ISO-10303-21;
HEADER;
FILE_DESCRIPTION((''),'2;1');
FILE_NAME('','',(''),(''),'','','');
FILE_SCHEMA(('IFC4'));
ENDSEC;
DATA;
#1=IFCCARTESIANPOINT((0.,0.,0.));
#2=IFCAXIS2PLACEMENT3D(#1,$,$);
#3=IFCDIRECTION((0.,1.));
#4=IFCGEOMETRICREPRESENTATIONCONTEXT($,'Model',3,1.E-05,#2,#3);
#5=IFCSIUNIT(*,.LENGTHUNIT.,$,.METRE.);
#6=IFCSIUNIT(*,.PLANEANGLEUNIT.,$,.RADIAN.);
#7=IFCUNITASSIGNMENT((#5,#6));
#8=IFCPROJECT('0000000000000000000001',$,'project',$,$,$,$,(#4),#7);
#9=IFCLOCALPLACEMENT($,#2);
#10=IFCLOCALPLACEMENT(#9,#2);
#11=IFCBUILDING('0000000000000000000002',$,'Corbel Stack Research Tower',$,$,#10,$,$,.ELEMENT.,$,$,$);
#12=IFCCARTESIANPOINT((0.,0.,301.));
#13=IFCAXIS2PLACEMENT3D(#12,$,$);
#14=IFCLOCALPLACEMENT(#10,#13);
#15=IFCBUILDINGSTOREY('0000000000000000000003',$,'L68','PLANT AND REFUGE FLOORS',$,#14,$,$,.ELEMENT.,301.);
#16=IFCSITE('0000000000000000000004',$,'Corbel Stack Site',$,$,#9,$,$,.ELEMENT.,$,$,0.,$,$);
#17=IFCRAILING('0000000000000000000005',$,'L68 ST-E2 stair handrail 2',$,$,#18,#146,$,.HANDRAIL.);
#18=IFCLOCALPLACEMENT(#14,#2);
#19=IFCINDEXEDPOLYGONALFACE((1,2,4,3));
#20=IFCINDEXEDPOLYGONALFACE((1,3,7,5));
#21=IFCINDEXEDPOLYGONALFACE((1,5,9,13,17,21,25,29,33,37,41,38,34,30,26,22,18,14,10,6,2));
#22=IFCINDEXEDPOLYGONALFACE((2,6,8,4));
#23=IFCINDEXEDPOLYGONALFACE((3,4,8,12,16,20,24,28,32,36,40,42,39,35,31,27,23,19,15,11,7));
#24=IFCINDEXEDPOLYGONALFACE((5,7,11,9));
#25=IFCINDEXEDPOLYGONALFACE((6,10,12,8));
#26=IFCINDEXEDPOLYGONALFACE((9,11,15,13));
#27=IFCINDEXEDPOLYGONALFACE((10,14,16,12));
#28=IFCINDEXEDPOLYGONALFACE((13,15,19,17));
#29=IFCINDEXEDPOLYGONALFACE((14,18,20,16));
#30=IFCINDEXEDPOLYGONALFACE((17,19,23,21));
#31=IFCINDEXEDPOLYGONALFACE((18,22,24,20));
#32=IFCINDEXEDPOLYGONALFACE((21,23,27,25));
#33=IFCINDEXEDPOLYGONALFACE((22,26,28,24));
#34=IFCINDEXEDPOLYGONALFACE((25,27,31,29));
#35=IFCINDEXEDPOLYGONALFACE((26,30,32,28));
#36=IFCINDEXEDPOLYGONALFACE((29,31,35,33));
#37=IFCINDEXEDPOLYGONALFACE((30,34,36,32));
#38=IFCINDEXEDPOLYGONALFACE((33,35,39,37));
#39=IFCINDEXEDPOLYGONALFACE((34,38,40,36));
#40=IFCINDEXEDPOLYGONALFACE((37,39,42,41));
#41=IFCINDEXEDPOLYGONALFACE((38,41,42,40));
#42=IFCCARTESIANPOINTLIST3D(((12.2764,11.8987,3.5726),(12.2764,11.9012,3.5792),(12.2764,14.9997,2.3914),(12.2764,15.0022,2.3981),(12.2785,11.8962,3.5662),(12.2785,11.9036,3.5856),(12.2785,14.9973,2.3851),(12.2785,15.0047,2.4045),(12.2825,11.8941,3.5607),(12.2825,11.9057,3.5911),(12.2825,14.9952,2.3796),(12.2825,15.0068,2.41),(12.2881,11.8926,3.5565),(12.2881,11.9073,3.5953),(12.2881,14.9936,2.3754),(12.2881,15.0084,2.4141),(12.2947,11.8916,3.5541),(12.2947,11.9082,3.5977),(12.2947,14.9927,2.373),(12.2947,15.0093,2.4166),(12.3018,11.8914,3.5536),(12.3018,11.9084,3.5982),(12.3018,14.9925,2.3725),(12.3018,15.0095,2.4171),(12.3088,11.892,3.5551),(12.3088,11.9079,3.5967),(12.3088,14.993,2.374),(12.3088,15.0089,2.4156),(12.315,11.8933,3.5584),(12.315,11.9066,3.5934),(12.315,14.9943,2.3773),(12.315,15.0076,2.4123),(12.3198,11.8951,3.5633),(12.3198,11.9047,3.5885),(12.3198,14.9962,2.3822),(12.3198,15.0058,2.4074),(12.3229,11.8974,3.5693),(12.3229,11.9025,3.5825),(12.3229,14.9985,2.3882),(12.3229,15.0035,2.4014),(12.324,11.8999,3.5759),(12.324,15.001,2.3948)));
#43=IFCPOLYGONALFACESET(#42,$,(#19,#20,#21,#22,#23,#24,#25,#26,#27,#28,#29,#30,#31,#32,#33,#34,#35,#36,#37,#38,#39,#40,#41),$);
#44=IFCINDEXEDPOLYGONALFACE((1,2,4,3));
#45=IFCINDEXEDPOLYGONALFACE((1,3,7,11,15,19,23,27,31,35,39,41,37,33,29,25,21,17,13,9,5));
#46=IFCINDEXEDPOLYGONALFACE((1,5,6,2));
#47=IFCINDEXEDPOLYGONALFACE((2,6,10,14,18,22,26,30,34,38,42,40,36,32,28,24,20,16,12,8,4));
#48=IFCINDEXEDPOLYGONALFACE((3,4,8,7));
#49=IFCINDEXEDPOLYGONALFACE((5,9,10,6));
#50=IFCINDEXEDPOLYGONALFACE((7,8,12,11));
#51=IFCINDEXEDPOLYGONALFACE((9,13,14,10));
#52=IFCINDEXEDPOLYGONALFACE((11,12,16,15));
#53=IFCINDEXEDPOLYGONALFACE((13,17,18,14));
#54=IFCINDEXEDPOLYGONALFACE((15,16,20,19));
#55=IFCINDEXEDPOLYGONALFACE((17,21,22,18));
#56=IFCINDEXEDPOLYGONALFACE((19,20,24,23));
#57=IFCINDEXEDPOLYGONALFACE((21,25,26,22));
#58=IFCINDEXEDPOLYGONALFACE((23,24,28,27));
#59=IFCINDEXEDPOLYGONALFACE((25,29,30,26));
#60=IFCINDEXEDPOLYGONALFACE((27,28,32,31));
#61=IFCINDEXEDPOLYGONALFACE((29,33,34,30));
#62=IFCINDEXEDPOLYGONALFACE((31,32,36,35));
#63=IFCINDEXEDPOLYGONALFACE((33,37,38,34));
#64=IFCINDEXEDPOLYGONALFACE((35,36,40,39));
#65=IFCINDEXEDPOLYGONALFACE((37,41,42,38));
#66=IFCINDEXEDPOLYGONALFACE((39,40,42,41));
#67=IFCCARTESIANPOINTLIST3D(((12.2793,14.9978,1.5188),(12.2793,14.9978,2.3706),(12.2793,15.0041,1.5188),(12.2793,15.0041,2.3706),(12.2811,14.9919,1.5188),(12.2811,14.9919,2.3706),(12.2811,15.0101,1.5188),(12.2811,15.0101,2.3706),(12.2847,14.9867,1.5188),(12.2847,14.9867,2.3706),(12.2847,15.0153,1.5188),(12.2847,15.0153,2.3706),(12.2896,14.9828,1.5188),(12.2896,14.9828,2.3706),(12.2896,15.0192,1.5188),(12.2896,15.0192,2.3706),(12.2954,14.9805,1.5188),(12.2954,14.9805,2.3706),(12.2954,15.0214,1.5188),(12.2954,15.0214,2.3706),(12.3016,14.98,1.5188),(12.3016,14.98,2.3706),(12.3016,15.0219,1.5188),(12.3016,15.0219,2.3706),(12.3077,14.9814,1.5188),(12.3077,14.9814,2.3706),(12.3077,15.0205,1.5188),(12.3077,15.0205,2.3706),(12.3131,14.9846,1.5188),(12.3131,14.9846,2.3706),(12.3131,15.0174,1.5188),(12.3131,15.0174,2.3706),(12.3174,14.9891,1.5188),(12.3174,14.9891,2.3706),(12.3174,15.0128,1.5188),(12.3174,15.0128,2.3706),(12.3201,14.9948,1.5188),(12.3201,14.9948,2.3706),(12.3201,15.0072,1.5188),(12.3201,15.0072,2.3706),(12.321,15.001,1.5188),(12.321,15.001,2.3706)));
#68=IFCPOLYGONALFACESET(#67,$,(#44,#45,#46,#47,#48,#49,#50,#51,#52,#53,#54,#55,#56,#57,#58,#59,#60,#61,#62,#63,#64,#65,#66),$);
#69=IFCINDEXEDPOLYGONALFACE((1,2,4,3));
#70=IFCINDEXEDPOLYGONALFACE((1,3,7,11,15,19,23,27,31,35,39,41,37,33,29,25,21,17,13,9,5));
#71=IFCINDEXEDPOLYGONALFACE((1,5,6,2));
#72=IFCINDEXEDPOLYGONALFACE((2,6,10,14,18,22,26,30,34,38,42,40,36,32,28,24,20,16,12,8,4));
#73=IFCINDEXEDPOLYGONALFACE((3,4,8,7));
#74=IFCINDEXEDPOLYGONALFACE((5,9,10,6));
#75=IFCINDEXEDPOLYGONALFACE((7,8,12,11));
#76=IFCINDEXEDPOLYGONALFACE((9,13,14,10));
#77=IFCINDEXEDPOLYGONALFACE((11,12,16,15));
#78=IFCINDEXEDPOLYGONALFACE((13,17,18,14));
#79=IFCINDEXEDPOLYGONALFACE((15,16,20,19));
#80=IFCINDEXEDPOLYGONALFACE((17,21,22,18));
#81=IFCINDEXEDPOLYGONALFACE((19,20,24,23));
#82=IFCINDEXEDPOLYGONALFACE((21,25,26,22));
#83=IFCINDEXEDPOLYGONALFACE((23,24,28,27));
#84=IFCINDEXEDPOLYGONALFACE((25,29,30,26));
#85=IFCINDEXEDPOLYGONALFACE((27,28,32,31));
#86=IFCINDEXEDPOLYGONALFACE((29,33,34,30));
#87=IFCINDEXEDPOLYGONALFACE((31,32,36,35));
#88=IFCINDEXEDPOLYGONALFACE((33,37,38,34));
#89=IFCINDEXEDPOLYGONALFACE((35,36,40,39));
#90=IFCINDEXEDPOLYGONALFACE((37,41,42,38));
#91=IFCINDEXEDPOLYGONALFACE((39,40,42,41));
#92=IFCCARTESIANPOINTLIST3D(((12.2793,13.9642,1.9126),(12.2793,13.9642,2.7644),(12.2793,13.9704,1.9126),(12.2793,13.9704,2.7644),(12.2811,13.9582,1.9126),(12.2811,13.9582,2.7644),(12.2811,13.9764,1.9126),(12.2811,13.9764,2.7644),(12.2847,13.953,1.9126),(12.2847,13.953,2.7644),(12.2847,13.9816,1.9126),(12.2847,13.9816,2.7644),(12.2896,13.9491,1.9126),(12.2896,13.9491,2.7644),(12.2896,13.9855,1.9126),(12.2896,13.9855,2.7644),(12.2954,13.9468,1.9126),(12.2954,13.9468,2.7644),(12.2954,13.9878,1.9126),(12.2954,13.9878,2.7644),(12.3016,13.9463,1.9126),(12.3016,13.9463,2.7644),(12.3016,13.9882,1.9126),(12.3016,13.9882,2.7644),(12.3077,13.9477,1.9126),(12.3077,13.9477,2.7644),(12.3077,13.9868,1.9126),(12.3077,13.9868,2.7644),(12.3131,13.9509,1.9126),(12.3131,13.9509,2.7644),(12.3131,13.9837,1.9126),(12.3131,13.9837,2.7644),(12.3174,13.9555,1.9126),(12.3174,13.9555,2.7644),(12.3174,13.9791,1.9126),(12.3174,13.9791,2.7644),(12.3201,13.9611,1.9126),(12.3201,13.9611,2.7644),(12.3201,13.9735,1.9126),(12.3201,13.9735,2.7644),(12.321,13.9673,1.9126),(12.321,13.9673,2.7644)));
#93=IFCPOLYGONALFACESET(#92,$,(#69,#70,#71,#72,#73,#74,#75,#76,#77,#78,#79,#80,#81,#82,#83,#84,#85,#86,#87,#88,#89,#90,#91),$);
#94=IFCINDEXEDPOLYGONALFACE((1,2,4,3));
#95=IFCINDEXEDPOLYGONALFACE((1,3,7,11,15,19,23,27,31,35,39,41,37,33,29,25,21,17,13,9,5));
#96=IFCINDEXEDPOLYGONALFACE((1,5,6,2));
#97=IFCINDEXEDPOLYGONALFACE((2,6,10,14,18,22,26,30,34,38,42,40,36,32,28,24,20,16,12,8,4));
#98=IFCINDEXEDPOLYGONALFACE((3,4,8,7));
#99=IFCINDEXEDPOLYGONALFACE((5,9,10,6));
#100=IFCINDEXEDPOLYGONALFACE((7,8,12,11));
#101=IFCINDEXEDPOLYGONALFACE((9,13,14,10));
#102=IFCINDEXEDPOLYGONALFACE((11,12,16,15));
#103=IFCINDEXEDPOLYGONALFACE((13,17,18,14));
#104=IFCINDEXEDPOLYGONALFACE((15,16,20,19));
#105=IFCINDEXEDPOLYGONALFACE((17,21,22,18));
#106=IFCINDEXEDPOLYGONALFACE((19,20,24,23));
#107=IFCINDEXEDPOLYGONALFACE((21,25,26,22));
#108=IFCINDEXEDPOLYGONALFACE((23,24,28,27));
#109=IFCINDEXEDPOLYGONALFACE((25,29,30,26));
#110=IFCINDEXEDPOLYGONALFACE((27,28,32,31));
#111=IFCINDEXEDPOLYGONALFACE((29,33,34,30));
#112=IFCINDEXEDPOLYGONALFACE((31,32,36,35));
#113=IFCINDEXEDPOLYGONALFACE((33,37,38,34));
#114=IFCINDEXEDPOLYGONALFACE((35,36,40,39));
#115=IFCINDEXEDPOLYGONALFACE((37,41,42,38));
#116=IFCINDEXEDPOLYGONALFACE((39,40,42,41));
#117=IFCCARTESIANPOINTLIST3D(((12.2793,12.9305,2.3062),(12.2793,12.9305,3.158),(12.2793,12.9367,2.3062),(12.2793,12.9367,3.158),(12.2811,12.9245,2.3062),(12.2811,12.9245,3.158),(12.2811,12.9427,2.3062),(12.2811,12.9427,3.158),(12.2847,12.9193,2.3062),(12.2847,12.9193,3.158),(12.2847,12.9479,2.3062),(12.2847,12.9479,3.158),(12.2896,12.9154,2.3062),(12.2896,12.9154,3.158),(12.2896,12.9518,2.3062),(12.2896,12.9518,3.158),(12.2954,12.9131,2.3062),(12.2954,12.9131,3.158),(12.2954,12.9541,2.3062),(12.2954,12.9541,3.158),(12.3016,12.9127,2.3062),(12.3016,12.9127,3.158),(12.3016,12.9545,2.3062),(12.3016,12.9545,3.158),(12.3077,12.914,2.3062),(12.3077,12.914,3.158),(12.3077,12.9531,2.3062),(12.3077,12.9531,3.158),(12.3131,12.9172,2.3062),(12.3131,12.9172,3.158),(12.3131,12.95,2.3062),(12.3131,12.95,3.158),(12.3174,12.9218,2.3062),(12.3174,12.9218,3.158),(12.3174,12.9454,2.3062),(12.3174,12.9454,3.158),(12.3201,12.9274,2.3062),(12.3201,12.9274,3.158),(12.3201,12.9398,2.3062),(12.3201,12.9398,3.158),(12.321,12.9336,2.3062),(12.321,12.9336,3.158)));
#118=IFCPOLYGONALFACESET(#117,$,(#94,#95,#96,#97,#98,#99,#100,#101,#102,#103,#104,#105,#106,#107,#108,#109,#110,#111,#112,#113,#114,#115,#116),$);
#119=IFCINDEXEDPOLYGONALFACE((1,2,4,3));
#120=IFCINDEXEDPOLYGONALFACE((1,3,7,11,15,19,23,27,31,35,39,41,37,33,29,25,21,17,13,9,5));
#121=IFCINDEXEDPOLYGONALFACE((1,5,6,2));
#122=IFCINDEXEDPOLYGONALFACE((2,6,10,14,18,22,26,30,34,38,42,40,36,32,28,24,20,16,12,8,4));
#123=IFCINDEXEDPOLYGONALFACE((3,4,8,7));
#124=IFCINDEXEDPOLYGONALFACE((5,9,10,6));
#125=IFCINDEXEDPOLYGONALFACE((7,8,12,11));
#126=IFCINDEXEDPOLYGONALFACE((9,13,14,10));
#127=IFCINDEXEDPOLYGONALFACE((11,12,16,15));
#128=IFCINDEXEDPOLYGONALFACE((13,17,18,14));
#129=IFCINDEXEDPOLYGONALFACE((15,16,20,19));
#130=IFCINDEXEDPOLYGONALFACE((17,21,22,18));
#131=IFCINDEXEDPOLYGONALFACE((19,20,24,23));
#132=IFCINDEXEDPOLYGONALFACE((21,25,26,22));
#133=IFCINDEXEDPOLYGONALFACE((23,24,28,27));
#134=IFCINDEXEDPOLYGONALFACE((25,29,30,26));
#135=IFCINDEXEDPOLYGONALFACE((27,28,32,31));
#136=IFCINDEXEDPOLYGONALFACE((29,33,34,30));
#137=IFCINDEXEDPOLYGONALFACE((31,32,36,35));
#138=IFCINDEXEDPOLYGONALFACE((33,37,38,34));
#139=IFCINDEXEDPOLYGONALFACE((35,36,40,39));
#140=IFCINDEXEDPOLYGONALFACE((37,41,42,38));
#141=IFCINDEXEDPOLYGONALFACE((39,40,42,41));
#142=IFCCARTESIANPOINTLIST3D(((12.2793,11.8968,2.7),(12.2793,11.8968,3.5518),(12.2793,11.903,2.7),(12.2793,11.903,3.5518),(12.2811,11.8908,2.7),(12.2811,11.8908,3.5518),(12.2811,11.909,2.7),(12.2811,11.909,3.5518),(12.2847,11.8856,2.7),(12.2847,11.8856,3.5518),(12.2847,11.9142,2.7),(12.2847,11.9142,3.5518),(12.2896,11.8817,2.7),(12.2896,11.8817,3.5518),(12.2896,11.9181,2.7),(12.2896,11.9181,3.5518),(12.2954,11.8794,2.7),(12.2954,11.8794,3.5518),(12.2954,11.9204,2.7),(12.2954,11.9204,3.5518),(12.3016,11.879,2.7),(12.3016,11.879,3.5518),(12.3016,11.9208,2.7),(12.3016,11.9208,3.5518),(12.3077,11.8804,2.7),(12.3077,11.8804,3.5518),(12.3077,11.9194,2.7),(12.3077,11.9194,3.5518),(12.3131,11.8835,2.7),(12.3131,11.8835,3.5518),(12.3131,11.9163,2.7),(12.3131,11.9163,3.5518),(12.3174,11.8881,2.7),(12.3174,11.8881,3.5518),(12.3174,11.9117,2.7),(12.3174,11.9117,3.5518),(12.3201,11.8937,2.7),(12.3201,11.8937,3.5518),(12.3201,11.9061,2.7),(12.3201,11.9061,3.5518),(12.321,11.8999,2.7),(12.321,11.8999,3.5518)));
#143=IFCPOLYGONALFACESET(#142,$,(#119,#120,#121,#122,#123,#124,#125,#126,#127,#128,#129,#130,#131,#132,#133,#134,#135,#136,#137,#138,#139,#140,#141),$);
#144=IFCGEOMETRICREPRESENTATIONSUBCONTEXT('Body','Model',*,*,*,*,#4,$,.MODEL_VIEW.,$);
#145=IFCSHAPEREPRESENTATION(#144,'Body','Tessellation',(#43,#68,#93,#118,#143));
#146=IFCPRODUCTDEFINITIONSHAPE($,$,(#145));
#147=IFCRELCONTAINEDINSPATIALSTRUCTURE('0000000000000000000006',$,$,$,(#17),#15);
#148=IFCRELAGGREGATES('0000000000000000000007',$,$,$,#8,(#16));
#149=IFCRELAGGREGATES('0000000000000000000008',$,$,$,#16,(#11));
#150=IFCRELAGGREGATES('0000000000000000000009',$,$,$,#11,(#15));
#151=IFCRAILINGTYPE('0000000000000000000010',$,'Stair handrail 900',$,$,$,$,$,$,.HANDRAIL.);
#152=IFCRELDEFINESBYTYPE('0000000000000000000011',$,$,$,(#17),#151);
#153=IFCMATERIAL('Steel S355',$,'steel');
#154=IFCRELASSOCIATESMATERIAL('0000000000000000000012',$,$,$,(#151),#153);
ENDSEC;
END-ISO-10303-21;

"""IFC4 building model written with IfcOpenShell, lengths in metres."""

from ifc_helpers import new_model, si_unit, direction, frame, origin, origin_2d, place, context, subcontext, project, spatial, circle, extrude, material, type_object, element, save


model = new_model("IFC4")

# Units and contexts
model_context = context("Model", 3, precision=1e-05, world=origin(), true_north=direction((0.0, 1.0)))
body_context = subcontext(model_context, "Body", "Model", "MODEL_VIEW")
ifc_project = project(units=[si_unit("LENGTHUNIT", "METRE"), si_unit("PLANEANGLEUNIT", "RADIAN")], contexts=[model_context])

# Site, building, storey
site_placement = place(None, origin())
site = spatial("IfcSite", under=ifc_project, at=site_placement, Name="Corbel Stack Site", CompositionType="ELEMENT", RefElevation=0.0)
building_placement = place(site_placement, origin())
building = spatial("IfcBuilding", under=site, at=building_placement, Name="Corbel Stack Research Tower", CompositionType="ELEMENT")
storey_placement = place(building_placement, frame((0.0, 0.0, 301.0)))
storey = spatial("IfcBuildingStorey", under=building, at=storey_placement, Name="L68", Description="PLANT AND REFUGE FLOORS", CompositionType="ELEMENT", Elevation=301.0)

# Railing
ifc_material_1 = material(Name="Steel S355", Category="steel")
railing_type_1 = type_object("IfcRailingType", Name="Stair handrail 900", PredefinedType="HANDRAIL", material=ifc_material_1)
railing_1_placement = place(storey_placement, frame((12.3, 15.001, 1.5188)))
element("IfcRailing", 1, at=railing_1_placement, inside=storey, type_object=railing_type_1, Name="L68 ST-E2 stair handrail 2", PredefinedType="HANDRAIL", context=body_context, shape_type="SweptSolid", body=[
    extrude(circle(Radius=0.0239, at=origin_2d()), frame((0.0, 0.0, 0.876), z_axis=(0.0, -0.934509, 0.35594), x_axis=(1.0, 0.0, 0.0)), (0.0, 0.0, 1.0), 3.3184),
    extrude(circle(Radius=0.021, at=origin_2d()), origin(), (0.0, 0.0, 1.0), 0.8518),
    extrude(circle(Radius=0.021, at=origin_2d()), frame((0.0, -1.0337, 0.3938)), (0.0, 0.0, 1.0), 0.8518),
    extrude(circle(Radius=0.021, at=origin_2d()), frame((0.0, -2.0674, 0.7874)), (0.0, 0.0, 1.0), 0.8518),
    extrude(circle(Radius=0.021, at=origin_2d()), frame((0.0, -3.1011, 1.1812)), (0.0, 0.0, 1.0), 0.8518),
])

save(model, "model.ifc")
